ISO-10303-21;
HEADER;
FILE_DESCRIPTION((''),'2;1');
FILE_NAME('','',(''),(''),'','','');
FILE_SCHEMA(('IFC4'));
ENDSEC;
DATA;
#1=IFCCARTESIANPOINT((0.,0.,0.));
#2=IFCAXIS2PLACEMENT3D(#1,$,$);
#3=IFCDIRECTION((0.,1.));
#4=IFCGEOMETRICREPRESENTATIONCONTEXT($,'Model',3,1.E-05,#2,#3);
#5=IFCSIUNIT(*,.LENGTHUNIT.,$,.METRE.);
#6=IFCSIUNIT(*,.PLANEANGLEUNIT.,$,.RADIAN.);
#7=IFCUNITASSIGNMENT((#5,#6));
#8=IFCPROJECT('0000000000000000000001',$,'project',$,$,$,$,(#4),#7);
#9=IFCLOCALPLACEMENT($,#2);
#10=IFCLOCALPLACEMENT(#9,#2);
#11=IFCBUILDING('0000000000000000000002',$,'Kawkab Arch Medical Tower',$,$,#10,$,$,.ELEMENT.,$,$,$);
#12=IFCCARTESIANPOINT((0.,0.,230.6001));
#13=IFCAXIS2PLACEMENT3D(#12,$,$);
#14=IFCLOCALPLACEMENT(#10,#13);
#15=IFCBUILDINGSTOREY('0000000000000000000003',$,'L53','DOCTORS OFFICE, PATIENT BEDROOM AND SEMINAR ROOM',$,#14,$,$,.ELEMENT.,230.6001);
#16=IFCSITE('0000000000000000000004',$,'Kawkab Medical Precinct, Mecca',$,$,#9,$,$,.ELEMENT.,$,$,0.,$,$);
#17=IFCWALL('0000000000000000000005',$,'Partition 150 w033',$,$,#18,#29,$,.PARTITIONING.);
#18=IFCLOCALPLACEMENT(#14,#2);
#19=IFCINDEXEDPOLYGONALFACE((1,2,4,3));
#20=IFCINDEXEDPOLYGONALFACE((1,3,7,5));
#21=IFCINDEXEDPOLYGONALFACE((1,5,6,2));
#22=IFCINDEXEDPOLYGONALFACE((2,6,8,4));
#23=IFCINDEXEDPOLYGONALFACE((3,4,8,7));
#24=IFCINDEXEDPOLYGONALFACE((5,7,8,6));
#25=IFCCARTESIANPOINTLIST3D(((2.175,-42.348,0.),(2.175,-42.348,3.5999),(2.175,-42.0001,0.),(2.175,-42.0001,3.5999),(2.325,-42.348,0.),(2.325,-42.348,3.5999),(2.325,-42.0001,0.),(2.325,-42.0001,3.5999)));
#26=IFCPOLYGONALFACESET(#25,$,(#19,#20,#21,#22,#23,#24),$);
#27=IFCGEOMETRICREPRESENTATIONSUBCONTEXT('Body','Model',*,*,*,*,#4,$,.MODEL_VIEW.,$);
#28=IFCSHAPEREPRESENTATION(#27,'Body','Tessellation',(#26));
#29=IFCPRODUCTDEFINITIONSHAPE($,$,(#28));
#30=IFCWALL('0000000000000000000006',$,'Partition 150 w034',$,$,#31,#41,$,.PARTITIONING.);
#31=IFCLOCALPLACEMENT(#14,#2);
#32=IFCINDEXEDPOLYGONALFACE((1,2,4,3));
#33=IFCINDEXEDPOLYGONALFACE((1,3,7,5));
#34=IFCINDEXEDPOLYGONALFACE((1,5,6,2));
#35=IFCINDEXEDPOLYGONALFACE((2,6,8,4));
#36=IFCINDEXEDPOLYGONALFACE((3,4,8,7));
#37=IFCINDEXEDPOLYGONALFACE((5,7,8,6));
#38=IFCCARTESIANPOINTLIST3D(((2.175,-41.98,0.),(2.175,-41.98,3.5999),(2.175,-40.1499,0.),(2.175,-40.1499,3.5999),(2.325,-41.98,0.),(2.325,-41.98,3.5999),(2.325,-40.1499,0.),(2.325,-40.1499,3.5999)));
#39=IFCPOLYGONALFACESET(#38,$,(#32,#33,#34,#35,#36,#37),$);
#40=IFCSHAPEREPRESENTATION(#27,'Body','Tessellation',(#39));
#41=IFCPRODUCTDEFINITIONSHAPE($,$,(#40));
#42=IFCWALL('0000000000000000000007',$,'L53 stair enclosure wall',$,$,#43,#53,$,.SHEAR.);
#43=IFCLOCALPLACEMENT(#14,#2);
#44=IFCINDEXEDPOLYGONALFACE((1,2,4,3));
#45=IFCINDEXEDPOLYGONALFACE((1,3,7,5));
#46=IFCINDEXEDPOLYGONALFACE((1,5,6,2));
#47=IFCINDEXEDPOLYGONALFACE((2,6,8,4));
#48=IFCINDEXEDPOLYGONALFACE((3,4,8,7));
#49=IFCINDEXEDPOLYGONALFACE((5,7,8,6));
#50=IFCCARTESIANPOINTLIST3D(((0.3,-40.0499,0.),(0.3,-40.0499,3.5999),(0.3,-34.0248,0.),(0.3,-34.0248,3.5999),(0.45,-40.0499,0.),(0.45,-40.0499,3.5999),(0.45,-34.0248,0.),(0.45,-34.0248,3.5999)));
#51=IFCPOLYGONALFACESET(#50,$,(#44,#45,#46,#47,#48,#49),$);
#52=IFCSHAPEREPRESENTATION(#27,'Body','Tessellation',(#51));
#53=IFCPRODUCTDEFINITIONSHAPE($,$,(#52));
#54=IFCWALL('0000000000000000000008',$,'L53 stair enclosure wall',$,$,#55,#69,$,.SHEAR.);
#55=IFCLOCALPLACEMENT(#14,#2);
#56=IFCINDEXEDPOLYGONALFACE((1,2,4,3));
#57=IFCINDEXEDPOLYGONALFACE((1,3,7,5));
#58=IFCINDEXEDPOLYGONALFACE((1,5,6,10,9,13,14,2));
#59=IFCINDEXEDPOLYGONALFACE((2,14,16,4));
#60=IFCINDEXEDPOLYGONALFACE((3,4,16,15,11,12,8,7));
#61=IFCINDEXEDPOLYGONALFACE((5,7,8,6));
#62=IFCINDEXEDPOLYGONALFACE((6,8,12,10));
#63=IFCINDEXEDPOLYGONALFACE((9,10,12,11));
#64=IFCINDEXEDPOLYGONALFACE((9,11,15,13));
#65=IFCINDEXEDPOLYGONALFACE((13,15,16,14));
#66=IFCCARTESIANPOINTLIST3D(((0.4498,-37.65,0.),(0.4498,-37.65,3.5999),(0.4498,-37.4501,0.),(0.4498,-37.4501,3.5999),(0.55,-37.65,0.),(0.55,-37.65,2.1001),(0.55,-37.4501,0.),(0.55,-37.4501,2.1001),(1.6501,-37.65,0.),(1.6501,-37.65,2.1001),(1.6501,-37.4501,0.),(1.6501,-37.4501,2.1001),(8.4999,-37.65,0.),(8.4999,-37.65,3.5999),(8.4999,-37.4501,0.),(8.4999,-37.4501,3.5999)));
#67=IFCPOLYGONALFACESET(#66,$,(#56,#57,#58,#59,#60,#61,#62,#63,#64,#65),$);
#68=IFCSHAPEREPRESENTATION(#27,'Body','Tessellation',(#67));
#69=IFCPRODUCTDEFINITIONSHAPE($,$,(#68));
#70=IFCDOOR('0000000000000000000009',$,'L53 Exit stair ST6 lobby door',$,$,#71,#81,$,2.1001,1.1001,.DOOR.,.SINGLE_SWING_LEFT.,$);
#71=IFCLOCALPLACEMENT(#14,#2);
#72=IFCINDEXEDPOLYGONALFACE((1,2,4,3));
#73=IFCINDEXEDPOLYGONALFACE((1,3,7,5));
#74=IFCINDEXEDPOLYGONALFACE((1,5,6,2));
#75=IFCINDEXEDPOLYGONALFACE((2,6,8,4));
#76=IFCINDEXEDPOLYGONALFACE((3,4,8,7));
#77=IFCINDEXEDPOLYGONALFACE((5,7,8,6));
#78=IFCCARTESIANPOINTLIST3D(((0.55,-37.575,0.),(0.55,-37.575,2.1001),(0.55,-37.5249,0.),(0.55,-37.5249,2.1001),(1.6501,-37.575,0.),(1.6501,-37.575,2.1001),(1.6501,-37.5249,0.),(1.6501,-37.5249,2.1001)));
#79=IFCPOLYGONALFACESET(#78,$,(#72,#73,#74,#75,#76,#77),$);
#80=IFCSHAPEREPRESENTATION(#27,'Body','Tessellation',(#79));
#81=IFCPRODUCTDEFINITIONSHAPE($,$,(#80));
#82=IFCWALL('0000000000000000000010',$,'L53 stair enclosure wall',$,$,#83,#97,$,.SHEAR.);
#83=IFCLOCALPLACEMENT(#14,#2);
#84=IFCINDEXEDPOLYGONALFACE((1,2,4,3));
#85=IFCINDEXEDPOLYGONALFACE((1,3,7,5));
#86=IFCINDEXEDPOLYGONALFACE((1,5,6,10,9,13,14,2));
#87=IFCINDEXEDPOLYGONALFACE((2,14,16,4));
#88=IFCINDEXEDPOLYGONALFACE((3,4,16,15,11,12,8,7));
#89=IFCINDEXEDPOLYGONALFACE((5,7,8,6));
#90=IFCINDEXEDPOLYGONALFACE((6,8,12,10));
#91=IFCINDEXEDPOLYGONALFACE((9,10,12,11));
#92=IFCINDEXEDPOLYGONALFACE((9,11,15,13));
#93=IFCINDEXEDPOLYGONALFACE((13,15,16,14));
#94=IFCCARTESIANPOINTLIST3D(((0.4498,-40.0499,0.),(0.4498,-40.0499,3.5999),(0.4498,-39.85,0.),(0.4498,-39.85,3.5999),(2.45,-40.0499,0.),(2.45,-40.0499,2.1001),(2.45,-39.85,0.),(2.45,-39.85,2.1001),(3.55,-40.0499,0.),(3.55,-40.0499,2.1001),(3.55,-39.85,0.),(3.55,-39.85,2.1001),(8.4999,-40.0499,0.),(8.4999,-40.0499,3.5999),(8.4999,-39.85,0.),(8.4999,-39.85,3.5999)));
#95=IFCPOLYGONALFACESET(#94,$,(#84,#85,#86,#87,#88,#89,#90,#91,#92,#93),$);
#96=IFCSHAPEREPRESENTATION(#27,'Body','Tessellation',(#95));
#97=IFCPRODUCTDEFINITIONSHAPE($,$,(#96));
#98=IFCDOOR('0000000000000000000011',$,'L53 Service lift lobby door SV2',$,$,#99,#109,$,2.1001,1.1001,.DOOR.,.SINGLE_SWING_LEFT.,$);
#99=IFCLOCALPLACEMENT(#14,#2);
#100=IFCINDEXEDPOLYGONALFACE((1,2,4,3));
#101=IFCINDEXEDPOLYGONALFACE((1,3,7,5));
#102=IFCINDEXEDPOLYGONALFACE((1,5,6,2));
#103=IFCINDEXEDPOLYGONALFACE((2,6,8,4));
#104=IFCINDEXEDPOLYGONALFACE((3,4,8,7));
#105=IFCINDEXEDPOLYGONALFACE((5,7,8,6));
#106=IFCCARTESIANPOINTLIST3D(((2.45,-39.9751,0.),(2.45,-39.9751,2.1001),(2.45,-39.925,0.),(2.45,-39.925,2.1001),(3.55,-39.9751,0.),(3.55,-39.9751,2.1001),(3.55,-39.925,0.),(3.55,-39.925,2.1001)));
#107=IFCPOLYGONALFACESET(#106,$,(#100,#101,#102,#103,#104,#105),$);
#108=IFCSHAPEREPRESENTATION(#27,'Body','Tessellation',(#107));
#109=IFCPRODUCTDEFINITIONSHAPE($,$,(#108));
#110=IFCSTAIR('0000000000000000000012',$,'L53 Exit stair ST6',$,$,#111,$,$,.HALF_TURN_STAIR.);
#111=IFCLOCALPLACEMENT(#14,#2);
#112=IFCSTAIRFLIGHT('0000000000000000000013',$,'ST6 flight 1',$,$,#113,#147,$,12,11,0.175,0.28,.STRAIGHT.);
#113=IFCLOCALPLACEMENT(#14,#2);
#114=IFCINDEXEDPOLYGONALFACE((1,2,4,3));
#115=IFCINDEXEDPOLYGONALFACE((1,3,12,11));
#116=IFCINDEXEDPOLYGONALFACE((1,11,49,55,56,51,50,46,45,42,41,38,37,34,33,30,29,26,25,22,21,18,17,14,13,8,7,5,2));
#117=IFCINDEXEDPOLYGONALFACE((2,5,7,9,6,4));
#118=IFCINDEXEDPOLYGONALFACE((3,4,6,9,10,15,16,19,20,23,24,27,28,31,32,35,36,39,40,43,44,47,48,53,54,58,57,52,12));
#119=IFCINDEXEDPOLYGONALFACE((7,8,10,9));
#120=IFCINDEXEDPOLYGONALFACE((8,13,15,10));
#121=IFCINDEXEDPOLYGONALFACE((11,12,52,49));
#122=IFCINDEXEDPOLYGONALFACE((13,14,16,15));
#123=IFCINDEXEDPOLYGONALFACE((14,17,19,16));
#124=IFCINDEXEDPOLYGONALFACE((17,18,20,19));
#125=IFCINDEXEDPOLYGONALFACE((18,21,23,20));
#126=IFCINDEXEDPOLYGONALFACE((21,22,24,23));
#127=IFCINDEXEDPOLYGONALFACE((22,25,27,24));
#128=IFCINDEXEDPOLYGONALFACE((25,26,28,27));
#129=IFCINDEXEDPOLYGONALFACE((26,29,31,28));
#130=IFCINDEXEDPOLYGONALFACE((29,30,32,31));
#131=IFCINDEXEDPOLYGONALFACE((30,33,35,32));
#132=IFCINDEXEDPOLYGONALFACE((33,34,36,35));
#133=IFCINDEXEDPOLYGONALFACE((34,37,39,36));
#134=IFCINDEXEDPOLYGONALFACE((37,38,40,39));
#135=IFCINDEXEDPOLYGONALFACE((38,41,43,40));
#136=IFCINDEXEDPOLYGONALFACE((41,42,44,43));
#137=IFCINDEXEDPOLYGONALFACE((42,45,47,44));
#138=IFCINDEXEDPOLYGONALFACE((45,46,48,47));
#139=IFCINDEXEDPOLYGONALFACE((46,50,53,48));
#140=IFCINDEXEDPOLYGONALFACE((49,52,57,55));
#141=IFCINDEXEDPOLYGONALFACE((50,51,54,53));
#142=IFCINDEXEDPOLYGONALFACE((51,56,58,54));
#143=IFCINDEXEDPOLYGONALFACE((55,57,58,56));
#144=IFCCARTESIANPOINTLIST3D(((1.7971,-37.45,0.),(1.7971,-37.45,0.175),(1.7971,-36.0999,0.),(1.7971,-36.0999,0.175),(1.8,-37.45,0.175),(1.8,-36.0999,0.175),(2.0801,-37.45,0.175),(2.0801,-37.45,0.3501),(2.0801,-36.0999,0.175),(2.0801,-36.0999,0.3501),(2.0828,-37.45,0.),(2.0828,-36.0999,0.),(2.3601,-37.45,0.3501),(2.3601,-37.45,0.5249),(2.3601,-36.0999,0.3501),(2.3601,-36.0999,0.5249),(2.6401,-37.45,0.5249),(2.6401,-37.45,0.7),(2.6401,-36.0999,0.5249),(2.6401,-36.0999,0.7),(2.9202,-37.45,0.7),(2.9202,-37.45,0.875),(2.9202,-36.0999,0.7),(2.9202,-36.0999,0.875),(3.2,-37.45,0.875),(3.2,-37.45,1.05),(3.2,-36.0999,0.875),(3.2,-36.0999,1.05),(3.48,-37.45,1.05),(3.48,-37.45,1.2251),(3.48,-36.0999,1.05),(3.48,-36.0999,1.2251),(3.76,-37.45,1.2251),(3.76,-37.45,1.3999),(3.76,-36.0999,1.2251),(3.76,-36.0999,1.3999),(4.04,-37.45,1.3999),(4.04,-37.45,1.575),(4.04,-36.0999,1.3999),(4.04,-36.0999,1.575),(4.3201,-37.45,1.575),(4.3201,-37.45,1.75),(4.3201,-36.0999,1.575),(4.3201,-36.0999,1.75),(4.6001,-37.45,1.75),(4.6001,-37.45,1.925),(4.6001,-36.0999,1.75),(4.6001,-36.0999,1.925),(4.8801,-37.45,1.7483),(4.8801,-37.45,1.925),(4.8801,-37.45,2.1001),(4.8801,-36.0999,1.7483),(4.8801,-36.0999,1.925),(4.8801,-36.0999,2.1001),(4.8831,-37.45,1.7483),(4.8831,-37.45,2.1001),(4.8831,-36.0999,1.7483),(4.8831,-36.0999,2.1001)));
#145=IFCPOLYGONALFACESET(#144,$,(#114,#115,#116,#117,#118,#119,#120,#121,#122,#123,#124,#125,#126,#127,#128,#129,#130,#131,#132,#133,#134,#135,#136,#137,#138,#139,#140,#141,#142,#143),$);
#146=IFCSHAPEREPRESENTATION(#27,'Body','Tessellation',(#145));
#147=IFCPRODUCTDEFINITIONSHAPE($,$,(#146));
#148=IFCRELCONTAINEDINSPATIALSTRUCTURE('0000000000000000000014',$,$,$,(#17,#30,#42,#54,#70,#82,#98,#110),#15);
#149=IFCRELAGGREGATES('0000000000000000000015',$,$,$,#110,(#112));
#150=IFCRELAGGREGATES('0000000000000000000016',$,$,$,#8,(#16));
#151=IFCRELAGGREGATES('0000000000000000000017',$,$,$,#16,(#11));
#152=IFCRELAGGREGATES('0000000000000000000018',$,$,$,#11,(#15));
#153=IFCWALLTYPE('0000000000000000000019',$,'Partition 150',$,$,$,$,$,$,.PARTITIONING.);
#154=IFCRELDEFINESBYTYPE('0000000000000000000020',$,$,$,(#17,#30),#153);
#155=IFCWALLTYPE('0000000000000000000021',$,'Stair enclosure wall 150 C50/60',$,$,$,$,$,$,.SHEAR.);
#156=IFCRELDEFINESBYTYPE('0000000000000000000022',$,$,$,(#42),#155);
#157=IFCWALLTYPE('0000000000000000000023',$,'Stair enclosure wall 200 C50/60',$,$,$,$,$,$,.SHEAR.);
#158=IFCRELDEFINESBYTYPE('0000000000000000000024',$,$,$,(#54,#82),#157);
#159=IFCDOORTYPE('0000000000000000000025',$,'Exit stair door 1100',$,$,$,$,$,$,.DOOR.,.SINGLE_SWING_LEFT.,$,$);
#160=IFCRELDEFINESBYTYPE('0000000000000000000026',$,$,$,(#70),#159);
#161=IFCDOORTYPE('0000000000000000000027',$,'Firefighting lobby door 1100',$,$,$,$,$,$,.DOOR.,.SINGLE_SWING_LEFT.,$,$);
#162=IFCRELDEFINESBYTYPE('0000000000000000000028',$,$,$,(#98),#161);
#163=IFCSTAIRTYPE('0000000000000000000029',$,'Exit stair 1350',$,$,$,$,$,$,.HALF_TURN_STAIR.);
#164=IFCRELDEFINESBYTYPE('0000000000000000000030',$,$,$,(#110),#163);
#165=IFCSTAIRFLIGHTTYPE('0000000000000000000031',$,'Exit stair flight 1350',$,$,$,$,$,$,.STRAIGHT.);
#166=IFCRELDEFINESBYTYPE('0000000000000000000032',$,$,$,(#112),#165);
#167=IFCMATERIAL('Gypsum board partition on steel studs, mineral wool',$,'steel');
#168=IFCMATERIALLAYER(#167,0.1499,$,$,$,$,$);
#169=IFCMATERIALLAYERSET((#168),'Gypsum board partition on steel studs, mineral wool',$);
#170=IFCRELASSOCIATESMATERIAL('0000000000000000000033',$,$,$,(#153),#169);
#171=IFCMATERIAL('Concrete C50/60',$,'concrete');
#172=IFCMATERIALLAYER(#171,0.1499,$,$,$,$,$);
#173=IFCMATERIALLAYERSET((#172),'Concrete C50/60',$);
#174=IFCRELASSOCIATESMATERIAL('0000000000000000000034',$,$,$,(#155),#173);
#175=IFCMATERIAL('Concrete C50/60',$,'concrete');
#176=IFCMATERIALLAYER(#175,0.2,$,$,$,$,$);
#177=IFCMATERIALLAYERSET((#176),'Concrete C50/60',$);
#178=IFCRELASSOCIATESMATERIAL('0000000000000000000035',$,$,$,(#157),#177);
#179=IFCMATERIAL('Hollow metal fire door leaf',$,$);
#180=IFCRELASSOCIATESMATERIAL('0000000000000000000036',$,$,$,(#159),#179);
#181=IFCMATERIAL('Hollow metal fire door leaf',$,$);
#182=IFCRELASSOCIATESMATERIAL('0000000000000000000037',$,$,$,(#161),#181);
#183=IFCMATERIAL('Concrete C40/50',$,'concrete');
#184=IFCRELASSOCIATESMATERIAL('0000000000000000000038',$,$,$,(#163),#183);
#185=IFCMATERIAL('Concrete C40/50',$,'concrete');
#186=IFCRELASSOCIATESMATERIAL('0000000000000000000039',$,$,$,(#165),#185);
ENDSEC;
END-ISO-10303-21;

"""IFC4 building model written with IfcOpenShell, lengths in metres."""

from ifc_helpers import new_model, si_unit, direction, frame, frame_2d, origin, place, context, subcontext, project, spatial, polyline, rectangle, outline, extrude, material, layer, layer_set, type_object, element, fill, aggregate, save


model = new_model("IFC4")

# Units and contexts
model_context = context("Model", 3, precision=1e-05, world=origin(), true_north=direction((0.0, 1.0)))
body_context = subcontext(model_context, "Body", "Model", "MODEL_VIEW")
ifc_project = project(units=[si_unit("LENGTHUNIT", "METRE"), si_unit("PLANEANGLEUNIT", "RADIAN")], contexts=[model_context])

# Site, building, storey
site_placement = place(None, origin())
site = spatial("IfcSite", under=ifc_project, at=site_placement, Name="Kawkab Medical Precinct, Mecca", CompositionType="ELEMENT", RefElevation=0.0)
building_placement = place(site_placement, origin())
building = spatial("IfcBuilding", under=site, at=building_placement, Name="Kawkab Arch Medical Tower", CompositionType="ELEMENT")
storey_placement = place(building_placement, frame((0.0, 0.0, 230.6001)))
storey = spatial("IfcBuildingStorey", under=building, at=storey_placement, Name="L53", Description="DOCTORS OFFICE, PATIENT BEDROOM AND SEMINAR ROOM", CompositionType="ELEMENT", Elevation=230.6001)

# Shared definitions
placement = place(storey_placement, origin())

# Shared definitions
ifc_material_1 = material(Name="Gypsum board partition on steel studs, mineral wool", Category="steel")
ifc_layer_1 = layer(ifc_material_1, 0.1499)
ifc_layer_set_1 = layer_set([ifc_layer_1], Name="Gypsum board partition on steel studs, mineral wool")
wall_type_1 = type_object("IfcWallType", Name="Partition 150", PredefinedType="PARTITIONING", material=ifc_layer_set_1)

# Walls
wall_1_placement = place(storey_placement, frame((2.25, -42.3479, 0.0), z_axis=(0.0, 0.0, 1.0), x_axis=(0.0, 1.0, 0.0)))
element("IfcWall", 1, at=wall_1_placement, inside=storey, type_object=wall_type_1, Name="Partition 150 w033", PredefinedType="PARTITIONING", context=body_context, shape_type="SweptSolid", body=[
    extrude(rectangle(XDim=0.3479, YDim=0.1499, at=frame_2d((0.1738, 0.0))), origin(), (0.0, 0.0, 1.0), 3.5999),
])
wall_2_placement = place(storey_placement, frame((2.25, -41.98, 0.0), z_axis=(0.0, 0.0, 1.0), x_axis=(0.0, 1.0, 0.0)))
element("IfcWall", 2, at=wall_2_placement, inside=storey, type_object=wall_type_1, Name="Partition 150 w034", PredefinedType="PARTITIONING", context=body_context, shape_type="SweptSolid", body=[
    extrude(rectangle(XDim=1.8301, YDim=0.1499, at=frame_2d((0.915, 0.0))), origin(), (0.0, 0.0, 1.0), 3.5999),
])
ifc_material_2 = material(Name="Concrete C50/60", Category="concrete")
ifc_layer_2 = layer(ifc_material_2, 0.1499)
ifc_layer_set_2 = layer_set([ifc_layer_2], Name="Concrete C50/60")
wall_type_2 = type_object("IfcWallType", Name="Stair enclosure wall 150 C50/60", PredefinedType="SHEAR", material=ifc_layer_set_2)
wall_3_placement = place(storey_placement, frame((0.375, -40.05, 0.0), z_axis=(0.0, 0.0, 1.0), x_axis=(0.0, 1.0, 0.0)))
element("IfcWall", 3, at=wall_3_placement, inside=storey, type_object=wall_type_2, Name="L53 stair enclosure wall", PredefinedType="SHEAR", context=body_context, shape_type="SweptSolid", body=[
    extrude(rectangle(XDim=6.0251, YDim=0.1499, at=frame_2d((3.0127, 0.0))), origin(), (0.0, 0.0, 1.0), 3.5999),
])

# Walls, openings, doors
ifc_material_3 = material(Name="Concrete C50/60", Category="concrete")
ifc_layer_3 = layer(ifc_material_3, 0.2)
ifc_layer_set_3 = layer_set([ifc_layer_3], Name="Concrete C50/60")
wall_type_3 = type_object("IfcWallType", Name="Stair enclosure wall 200 C50/60", PredefinedType="SHEAR", material=ifc_layer_set_3)
wall_4_placement = place(storey_placement, frame((0.45, -37.55, 0.0), z_axis=(0.0, 0.0, 1.0), x_axis=(1.0, 0.0, 0.0)))
wall_4 = element("IfcWall", 4, at=wall_4_placement, inside=storey, type_object=wall_type_3, Name="L53 stair enclosure wall", PredefinedType="SHEAR", context=body_context, shape_type="SweptSolid", body=[
    extrude(rectangle(XDim=8.05, YDim=0.2, at=frame_2d((4.0249, 0.0))), origin(), (0.0, 0.0, 1.0), 3.5999),
])
opening_1_placement = place(wall_4_placement, frame((0.1001, 0.0, 0.0)))
opening_1 = element("IfcOpeningElement", 5, at=opening_1_placement, cuts=wall_4, PredefinedType="OPENING", context=body_context, shape_type="SweptSolid", body=[
    extrude(rectangle(XDim=1.1001, YDim=2.1001, at=frame_2d((0.55, 1.05))), frame((0.0, 0.1099, 0.0), z_axis=(0.0, -1.0, 0.0), x_axis=(1.0, 0.0, 0.0)), (0.0, 0.0, 1.0), 0.22),
])
ifc_material_4 = material(Name="Hollow metal fire door leaf")
door_type_1 = type_object("IfcDoorType", Name="Exit stair door 1100", OperationType="SINGLE_SWING_LEFT", PredefinedType="DOOR", material=ifc_material_4)
door_1_placement = place(opening_1_placement, frame((1.1001, 0.0, 0.0), z_axis=(0.0, 0.0, 1.0), x_axis=(-1.0, 0.0, 0.0)))
door_1 = element("IfcDoor", 6, at=door_1_placement, inside=storey, type_object=door_type_1, Name="L53 Exit stair ST6 lobby door", OperationType="SINGLE_SWING_LEFT", OverallHeight=2.1001, OverallWidth=1.1001, PredefinedType="DOOR", context=body_context, shape_type="SweptSolid", body=[
    extrude(rectangle(XDim=1.1001, YDim=2.1001, at=frame_2d((0.55, 1.05))), frame((0.0, 0.0249, 0.0), z_axis=(0.0, -1.0, 0.0), x_axis=(1.0, 0.0, 0.0)), (0.0, 0.0, 1.0), 0.05),
])
fill(opening_1, door_1)
wall_5_placement = place(storey_placement, frame((0.45, -39.95, 0.0), z_axis=(0.0, 0.0, 1.0), x_axis=(1.0, 0.0, 0.0)))
wall_5 = element("IfcWall", 7, at=wall_5_placement, inside=storey, type_object=wall_type_3, Name="L53 stair enclosure wall", PredefinedType="SHEAR", context=body_context, shape_type="SweptSolid", body=[
    extrude(rectangle(XDim=8.05, YDim=0.2, at=frame_2d((4.0249, 0.0))), origin(), (0.0, 0.0, 1.0), 3.5999),
])
opening_2_placement = place(wall_5_placement, frame((2.0, 0.0, 0.0)))
opening_2 = element("IfcOpeningElement", 8, at=opening_2_placement, cuts=wall_5, PredefinedType="OPENING", context=body_context, shape_type="SweptSolid", body=[
    extrude(rectangle(XDim=1.1001, YDim=2.1001, at=frame_2d((0.55, 1.05))), frame((0.0, 0.1099, 0.0), z_axis=(0.0, -1.0, 0.0), x_axis=(1.0, 0.0, 0.0)), (0.0, 0.0, 1.0), 0.22),
])
ifc_material_5 = material(Name="Hollow metal fire door leaf")
door_type_2 = type_object("IfcDoorType", Name="Firefighting lobby door 1100", OperationType="SINGLE_SWING_LEFT", PredefinedType="DOOR", material=ifc_material_5)
door_2_placement = place(opening_2_placement, origin())
door_2 = element("IfcDoor", 9, at=door_2_placement, inside=storey, type_object=door_type_2, Name="L53 Service lift lobby door SV2", OperationType="SINGLE_SWING_LEFT", OverallHeight=2.1001, OverallWidth=1.1001, PredefinedType="DOOR", context=body_context, shape_type="SweptSolid", body=[
    extrude(rectangle(XDim=1.1001, YDim=2.1001, at=frame_2d((0.55, 1.05))), frame((0.0, 0.0249, 0.0), z_axis=(0.0, -1.0, 0.0), x_axis=(1.0, 0.0, 0.0)), (0.0, 0.0, 1.0), 0.05),
])
fill(opening_2, door_2)

# Stair, stair flight
ifc_material_6 = material(Name="Concrete C40/50", Category="concrete")
stair_type = type_object("IfcStairType", Name="Exit stair 1350", PredefinedType="HALF_TURN_STAIR", material=ifc_material_6)
stair = element("IfcStair", 10, at=placement, inside=storey, type_object=stair_type, Name="L53 Exit stair ST6", PredefinedType="HALF_TURN_STAIR")
ifc_material_7 = material(Name="Concrete C40/50", Category="concrete")
stair_flight_type = type_object("IfcStairFlightType", Name="Exit stair flight 1350", PredefinedType="STRAIGHT", material=ifc_material_7)
stair_flight_placement = place(storey_placement, frame((1.8, -36.7749, 0.0), z_axis=(0.0, 0.0, 1.0), x_axis=(1.0, 0.0, 0.0)))
stair_flight = element("IfcStairFlight", 11, at=stair_flight_placement, type_object=stair_flight_type, Name="ST6 flight 1", NumberOfRisers=12, NumberOfTreads=11, PredefinedType="STRAIGHT", RiserHeight=0.175, TreadLength=0.28, context=body_context, shape_type="SweptSolid", body=[
    extrude(outline(polyline([(-0.0029, 0.0), (-0.0029, 0.175), (0.0, 0.175), (0.28, 0.175), (0.28, 0.3501), (0.5601, 0.3501), (0.5601, 0.5249), (0.8401, 0.5249), (0.8401, 0.7), (1.1201, 0.7), (1.1201, 0.875), (1.3999, 0.875), (1.3999, 1.05), (1.6799, 1.05), (1.6799, 1.2251), (1.96, 1.2251), (1.96, 1.3999), (2.24, 1.3999), (2.24, 1.575), (2.52, 1.575), (2.52, 1.75), (2.8, 1.75), (2.8, 1.925), (3.0801, 1.925), (3.0801, 2.1001), (3.083, 2.1001), (3.083, 1.7483), (3.0801, 1.7483), (0.2827, 0.0), (-0.0029, 0.0)])), frame((0.0, 0.675, 0.0), z_axis=(0.0, -1.0, 0.0), x_axis=(1.0, 0.0, 0.0)), (0.0, 0.0, 1.0), 1.3501),
])
aggregate(stair, [stair_flight])

save(model, "model.ifc")
